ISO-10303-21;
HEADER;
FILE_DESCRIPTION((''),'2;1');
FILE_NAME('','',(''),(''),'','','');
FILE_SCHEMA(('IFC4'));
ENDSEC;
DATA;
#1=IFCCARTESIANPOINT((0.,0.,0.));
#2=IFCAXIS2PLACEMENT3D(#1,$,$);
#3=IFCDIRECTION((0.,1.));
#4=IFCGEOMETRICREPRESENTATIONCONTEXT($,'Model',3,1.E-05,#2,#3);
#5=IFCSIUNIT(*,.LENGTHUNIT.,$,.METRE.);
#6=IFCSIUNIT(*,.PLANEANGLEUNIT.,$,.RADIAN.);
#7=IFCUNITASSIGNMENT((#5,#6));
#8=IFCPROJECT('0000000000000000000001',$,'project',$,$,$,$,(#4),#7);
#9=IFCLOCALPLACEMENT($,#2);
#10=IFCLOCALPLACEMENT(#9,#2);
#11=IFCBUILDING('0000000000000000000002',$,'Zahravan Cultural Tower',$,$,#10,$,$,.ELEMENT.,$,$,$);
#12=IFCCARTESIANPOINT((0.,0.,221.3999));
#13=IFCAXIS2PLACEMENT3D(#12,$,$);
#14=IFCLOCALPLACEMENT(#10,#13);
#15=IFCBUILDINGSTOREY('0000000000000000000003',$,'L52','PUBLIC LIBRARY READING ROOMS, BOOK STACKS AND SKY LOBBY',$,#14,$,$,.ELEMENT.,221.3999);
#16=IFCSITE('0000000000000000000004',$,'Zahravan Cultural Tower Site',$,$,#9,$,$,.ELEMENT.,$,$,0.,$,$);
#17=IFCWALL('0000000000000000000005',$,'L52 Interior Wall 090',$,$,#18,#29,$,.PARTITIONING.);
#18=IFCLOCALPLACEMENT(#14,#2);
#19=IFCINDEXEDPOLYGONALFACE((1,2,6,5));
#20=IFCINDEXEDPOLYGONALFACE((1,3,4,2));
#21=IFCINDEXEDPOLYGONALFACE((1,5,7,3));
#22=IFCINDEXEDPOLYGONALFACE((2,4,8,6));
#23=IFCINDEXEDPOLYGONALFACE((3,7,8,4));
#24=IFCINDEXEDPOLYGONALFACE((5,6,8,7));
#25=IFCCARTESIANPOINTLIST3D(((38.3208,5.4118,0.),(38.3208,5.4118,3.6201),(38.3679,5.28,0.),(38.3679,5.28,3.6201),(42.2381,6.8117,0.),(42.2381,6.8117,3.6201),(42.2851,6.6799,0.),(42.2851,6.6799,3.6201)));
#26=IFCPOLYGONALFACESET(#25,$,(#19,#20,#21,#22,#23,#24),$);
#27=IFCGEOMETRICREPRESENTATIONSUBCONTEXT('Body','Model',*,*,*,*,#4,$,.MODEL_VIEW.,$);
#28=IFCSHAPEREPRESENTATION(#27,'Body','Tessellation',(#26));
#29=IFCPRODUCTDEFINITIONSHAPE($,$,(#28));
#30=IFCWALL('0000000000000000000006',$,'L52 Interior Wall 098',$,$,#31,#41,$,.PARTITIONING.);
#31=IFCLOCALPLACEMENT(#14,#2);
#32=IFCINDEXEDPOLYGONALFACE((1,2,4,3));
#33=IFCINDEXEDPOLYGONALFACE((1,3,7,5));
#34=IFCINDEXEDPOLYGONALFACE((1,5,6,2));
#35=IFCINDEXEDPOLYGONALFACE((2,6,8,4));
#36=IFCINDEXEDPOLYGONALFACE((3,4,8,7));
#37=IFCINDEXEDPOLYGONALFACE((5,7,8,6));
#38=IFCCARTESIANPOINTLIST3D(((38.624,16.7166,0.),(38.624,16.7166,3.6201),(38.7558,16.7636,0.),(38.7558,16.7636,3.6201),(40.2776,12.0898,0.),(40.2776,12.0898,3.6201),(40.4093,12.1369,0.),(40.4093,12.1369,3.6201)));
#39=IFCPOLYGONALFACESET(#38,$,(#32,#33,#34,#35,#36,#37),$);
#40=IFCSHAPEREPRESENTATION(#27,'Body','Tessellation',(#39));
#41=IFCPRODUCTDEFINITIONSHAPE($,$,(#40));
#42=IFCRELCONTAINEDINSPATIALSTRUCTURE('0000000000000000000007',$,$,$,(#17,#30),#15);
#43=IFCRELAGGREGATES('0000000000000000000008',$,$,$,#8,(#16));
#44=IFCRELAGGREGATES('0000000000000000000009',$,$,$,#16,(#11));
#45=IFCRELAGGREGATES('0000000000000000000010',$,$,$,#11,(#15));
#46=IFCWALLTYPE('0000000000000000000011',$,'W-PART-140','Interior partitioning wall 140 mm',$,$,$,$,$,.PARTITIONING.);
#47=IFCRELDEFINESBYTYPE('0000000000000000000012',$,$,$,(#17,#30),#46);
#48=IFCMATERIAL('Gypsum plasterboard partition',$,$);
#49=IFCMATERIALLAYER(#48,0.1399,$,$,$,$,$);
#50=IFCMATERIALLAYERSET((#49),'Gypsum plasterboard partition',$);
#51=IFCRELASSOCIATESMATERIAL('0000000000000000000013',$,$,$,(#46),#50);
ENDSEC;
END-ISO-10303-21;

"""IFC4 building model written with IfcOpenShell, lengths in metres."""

from ifc_helpers import new_model, si_unit, direction, frame, frame_2d, origin, place, context, subcontext, project, spatial, rectangle, extrude, source, transform, mapped, material, layer, layer_set, type_object, element, save


model = new_model("IFC4")

# Units and contexts
model_context = context("Model", 3, precision=1e-05, world=origin(), true_north=direction((0.0, 1.0)))
body_context = subcontext(model_context, "Body", "Model", "MODEL_VIEW")
ifc_project = project(units=[si_unit("LENGTHUNIT", "METRE"), si_unit("PLANEANGLEUNIT", "RADIAN")], contexts=[model_context])

# Site, building, storey
site_placement = place(None, origin())
site = spatial("IfcSite", under=ifc_project, at=site_placement, Name="Zahravan Cultural Tower Site", CompositionType="ELEMENT", RefElevation=0.0)
building_placement = place(site_placement, origin())
building = spatial("IfcBuilding", under=site, at=building_placement, Name="Zahravan Cultural Tower", CompositionType="ELEMENT")
storey_placement = place(building_placement, frame((0.0, 0.0, 221.3999)))
storey = spatial("IfcBuildingStorey", under=building, at=storey_placement, Name="L52", Description="PUBLIC LIBRARY READING ROOMS, BOOK STACKS AND SKY LOBBY", CompositionType="ELEMENT", Elevation=221.3999)

# Shared definitions
ifc_material_1 = material(Name="Gypsum plasterboard partition")
ifc_layer_1 = layer(ifc_material_1, 0.1399)
ifc_layer_set_1 = layer_set([ifc_layer_1], Name="Gypsum plasterboard partition")
wall_type_1 = type_object("IfcWallType", Name="W-PART-140", Description="Interior partitioning wall 140 mm", PredefinedType="PARTITIONING", material=ifc_layer_set_1)

# Walls
shared_shape_1 = source(origin(), body_context, "Body", "SweptSolid", [
    extrude(rectangle(XDim=4.1599, YDim=0.1399, at=frame_2d((2.0801, 0.0))), origin(), (0.0, 0.0, 1.0), 3.6201),
])
wall_1_placement = place(storey_placement, frame((42.2617, 6.7458, 0.0), z_axis=(0.0, 0.0, 1.0), x_axis=(-0.941674, -0.336526, 0.0)))
element("IfcWall", 1, at=wall_1_placement, inside=storey, type_object=wall_type_1, Name="L52 Interior Wall 090", PredefinedType="PARTITIONING", context=body_context, shape_type="MappedRepresentation", body=[
    mapped(shared_shape_1, transform((0.0, 0.0, 0.0), x_axis=(1.0, 0.0, 0.0), y_axis=(0.0, 1.0, 0.0), z_axis=(0.0, 0.0, 1.0), scale=1.0)),
])
shared_shape_2 = source(origin(), body_context, "Body", "SweptSolid", [
    extrude(rectangle(XDim=4.9133, YDim=0.1399, at=frame_2d((2.4565, 0.0))), origin(), (0.0, 0.0, 1.0), 3.6201),
])
wall_2_placement = place(storey_placement, frame((38.6899, 16.74, 0.0), z_axis=(0.0, 0.0, 1.0), x_axis=(0.336547, -0.941667, 0.0)))
element("IfcWall", 2, at=wall_2_placement, inside=storey, type_object=wall_type_1, Name="L52 Interior Wall 098", PredefinedType="PARTITIONING", context=body_context, shape_type="MappedRepresentation", body=[
    mapped(shared_shape_2, transform((0.0, 0.0, 0.0), x_axis=(1.0, 0.0, 0.0), y_axis=(0.0, 1.0, 0.0), z_axis=(0.0, 0.0, 1.0), scale=1.0)),
])

save(model, "model.ifc")
